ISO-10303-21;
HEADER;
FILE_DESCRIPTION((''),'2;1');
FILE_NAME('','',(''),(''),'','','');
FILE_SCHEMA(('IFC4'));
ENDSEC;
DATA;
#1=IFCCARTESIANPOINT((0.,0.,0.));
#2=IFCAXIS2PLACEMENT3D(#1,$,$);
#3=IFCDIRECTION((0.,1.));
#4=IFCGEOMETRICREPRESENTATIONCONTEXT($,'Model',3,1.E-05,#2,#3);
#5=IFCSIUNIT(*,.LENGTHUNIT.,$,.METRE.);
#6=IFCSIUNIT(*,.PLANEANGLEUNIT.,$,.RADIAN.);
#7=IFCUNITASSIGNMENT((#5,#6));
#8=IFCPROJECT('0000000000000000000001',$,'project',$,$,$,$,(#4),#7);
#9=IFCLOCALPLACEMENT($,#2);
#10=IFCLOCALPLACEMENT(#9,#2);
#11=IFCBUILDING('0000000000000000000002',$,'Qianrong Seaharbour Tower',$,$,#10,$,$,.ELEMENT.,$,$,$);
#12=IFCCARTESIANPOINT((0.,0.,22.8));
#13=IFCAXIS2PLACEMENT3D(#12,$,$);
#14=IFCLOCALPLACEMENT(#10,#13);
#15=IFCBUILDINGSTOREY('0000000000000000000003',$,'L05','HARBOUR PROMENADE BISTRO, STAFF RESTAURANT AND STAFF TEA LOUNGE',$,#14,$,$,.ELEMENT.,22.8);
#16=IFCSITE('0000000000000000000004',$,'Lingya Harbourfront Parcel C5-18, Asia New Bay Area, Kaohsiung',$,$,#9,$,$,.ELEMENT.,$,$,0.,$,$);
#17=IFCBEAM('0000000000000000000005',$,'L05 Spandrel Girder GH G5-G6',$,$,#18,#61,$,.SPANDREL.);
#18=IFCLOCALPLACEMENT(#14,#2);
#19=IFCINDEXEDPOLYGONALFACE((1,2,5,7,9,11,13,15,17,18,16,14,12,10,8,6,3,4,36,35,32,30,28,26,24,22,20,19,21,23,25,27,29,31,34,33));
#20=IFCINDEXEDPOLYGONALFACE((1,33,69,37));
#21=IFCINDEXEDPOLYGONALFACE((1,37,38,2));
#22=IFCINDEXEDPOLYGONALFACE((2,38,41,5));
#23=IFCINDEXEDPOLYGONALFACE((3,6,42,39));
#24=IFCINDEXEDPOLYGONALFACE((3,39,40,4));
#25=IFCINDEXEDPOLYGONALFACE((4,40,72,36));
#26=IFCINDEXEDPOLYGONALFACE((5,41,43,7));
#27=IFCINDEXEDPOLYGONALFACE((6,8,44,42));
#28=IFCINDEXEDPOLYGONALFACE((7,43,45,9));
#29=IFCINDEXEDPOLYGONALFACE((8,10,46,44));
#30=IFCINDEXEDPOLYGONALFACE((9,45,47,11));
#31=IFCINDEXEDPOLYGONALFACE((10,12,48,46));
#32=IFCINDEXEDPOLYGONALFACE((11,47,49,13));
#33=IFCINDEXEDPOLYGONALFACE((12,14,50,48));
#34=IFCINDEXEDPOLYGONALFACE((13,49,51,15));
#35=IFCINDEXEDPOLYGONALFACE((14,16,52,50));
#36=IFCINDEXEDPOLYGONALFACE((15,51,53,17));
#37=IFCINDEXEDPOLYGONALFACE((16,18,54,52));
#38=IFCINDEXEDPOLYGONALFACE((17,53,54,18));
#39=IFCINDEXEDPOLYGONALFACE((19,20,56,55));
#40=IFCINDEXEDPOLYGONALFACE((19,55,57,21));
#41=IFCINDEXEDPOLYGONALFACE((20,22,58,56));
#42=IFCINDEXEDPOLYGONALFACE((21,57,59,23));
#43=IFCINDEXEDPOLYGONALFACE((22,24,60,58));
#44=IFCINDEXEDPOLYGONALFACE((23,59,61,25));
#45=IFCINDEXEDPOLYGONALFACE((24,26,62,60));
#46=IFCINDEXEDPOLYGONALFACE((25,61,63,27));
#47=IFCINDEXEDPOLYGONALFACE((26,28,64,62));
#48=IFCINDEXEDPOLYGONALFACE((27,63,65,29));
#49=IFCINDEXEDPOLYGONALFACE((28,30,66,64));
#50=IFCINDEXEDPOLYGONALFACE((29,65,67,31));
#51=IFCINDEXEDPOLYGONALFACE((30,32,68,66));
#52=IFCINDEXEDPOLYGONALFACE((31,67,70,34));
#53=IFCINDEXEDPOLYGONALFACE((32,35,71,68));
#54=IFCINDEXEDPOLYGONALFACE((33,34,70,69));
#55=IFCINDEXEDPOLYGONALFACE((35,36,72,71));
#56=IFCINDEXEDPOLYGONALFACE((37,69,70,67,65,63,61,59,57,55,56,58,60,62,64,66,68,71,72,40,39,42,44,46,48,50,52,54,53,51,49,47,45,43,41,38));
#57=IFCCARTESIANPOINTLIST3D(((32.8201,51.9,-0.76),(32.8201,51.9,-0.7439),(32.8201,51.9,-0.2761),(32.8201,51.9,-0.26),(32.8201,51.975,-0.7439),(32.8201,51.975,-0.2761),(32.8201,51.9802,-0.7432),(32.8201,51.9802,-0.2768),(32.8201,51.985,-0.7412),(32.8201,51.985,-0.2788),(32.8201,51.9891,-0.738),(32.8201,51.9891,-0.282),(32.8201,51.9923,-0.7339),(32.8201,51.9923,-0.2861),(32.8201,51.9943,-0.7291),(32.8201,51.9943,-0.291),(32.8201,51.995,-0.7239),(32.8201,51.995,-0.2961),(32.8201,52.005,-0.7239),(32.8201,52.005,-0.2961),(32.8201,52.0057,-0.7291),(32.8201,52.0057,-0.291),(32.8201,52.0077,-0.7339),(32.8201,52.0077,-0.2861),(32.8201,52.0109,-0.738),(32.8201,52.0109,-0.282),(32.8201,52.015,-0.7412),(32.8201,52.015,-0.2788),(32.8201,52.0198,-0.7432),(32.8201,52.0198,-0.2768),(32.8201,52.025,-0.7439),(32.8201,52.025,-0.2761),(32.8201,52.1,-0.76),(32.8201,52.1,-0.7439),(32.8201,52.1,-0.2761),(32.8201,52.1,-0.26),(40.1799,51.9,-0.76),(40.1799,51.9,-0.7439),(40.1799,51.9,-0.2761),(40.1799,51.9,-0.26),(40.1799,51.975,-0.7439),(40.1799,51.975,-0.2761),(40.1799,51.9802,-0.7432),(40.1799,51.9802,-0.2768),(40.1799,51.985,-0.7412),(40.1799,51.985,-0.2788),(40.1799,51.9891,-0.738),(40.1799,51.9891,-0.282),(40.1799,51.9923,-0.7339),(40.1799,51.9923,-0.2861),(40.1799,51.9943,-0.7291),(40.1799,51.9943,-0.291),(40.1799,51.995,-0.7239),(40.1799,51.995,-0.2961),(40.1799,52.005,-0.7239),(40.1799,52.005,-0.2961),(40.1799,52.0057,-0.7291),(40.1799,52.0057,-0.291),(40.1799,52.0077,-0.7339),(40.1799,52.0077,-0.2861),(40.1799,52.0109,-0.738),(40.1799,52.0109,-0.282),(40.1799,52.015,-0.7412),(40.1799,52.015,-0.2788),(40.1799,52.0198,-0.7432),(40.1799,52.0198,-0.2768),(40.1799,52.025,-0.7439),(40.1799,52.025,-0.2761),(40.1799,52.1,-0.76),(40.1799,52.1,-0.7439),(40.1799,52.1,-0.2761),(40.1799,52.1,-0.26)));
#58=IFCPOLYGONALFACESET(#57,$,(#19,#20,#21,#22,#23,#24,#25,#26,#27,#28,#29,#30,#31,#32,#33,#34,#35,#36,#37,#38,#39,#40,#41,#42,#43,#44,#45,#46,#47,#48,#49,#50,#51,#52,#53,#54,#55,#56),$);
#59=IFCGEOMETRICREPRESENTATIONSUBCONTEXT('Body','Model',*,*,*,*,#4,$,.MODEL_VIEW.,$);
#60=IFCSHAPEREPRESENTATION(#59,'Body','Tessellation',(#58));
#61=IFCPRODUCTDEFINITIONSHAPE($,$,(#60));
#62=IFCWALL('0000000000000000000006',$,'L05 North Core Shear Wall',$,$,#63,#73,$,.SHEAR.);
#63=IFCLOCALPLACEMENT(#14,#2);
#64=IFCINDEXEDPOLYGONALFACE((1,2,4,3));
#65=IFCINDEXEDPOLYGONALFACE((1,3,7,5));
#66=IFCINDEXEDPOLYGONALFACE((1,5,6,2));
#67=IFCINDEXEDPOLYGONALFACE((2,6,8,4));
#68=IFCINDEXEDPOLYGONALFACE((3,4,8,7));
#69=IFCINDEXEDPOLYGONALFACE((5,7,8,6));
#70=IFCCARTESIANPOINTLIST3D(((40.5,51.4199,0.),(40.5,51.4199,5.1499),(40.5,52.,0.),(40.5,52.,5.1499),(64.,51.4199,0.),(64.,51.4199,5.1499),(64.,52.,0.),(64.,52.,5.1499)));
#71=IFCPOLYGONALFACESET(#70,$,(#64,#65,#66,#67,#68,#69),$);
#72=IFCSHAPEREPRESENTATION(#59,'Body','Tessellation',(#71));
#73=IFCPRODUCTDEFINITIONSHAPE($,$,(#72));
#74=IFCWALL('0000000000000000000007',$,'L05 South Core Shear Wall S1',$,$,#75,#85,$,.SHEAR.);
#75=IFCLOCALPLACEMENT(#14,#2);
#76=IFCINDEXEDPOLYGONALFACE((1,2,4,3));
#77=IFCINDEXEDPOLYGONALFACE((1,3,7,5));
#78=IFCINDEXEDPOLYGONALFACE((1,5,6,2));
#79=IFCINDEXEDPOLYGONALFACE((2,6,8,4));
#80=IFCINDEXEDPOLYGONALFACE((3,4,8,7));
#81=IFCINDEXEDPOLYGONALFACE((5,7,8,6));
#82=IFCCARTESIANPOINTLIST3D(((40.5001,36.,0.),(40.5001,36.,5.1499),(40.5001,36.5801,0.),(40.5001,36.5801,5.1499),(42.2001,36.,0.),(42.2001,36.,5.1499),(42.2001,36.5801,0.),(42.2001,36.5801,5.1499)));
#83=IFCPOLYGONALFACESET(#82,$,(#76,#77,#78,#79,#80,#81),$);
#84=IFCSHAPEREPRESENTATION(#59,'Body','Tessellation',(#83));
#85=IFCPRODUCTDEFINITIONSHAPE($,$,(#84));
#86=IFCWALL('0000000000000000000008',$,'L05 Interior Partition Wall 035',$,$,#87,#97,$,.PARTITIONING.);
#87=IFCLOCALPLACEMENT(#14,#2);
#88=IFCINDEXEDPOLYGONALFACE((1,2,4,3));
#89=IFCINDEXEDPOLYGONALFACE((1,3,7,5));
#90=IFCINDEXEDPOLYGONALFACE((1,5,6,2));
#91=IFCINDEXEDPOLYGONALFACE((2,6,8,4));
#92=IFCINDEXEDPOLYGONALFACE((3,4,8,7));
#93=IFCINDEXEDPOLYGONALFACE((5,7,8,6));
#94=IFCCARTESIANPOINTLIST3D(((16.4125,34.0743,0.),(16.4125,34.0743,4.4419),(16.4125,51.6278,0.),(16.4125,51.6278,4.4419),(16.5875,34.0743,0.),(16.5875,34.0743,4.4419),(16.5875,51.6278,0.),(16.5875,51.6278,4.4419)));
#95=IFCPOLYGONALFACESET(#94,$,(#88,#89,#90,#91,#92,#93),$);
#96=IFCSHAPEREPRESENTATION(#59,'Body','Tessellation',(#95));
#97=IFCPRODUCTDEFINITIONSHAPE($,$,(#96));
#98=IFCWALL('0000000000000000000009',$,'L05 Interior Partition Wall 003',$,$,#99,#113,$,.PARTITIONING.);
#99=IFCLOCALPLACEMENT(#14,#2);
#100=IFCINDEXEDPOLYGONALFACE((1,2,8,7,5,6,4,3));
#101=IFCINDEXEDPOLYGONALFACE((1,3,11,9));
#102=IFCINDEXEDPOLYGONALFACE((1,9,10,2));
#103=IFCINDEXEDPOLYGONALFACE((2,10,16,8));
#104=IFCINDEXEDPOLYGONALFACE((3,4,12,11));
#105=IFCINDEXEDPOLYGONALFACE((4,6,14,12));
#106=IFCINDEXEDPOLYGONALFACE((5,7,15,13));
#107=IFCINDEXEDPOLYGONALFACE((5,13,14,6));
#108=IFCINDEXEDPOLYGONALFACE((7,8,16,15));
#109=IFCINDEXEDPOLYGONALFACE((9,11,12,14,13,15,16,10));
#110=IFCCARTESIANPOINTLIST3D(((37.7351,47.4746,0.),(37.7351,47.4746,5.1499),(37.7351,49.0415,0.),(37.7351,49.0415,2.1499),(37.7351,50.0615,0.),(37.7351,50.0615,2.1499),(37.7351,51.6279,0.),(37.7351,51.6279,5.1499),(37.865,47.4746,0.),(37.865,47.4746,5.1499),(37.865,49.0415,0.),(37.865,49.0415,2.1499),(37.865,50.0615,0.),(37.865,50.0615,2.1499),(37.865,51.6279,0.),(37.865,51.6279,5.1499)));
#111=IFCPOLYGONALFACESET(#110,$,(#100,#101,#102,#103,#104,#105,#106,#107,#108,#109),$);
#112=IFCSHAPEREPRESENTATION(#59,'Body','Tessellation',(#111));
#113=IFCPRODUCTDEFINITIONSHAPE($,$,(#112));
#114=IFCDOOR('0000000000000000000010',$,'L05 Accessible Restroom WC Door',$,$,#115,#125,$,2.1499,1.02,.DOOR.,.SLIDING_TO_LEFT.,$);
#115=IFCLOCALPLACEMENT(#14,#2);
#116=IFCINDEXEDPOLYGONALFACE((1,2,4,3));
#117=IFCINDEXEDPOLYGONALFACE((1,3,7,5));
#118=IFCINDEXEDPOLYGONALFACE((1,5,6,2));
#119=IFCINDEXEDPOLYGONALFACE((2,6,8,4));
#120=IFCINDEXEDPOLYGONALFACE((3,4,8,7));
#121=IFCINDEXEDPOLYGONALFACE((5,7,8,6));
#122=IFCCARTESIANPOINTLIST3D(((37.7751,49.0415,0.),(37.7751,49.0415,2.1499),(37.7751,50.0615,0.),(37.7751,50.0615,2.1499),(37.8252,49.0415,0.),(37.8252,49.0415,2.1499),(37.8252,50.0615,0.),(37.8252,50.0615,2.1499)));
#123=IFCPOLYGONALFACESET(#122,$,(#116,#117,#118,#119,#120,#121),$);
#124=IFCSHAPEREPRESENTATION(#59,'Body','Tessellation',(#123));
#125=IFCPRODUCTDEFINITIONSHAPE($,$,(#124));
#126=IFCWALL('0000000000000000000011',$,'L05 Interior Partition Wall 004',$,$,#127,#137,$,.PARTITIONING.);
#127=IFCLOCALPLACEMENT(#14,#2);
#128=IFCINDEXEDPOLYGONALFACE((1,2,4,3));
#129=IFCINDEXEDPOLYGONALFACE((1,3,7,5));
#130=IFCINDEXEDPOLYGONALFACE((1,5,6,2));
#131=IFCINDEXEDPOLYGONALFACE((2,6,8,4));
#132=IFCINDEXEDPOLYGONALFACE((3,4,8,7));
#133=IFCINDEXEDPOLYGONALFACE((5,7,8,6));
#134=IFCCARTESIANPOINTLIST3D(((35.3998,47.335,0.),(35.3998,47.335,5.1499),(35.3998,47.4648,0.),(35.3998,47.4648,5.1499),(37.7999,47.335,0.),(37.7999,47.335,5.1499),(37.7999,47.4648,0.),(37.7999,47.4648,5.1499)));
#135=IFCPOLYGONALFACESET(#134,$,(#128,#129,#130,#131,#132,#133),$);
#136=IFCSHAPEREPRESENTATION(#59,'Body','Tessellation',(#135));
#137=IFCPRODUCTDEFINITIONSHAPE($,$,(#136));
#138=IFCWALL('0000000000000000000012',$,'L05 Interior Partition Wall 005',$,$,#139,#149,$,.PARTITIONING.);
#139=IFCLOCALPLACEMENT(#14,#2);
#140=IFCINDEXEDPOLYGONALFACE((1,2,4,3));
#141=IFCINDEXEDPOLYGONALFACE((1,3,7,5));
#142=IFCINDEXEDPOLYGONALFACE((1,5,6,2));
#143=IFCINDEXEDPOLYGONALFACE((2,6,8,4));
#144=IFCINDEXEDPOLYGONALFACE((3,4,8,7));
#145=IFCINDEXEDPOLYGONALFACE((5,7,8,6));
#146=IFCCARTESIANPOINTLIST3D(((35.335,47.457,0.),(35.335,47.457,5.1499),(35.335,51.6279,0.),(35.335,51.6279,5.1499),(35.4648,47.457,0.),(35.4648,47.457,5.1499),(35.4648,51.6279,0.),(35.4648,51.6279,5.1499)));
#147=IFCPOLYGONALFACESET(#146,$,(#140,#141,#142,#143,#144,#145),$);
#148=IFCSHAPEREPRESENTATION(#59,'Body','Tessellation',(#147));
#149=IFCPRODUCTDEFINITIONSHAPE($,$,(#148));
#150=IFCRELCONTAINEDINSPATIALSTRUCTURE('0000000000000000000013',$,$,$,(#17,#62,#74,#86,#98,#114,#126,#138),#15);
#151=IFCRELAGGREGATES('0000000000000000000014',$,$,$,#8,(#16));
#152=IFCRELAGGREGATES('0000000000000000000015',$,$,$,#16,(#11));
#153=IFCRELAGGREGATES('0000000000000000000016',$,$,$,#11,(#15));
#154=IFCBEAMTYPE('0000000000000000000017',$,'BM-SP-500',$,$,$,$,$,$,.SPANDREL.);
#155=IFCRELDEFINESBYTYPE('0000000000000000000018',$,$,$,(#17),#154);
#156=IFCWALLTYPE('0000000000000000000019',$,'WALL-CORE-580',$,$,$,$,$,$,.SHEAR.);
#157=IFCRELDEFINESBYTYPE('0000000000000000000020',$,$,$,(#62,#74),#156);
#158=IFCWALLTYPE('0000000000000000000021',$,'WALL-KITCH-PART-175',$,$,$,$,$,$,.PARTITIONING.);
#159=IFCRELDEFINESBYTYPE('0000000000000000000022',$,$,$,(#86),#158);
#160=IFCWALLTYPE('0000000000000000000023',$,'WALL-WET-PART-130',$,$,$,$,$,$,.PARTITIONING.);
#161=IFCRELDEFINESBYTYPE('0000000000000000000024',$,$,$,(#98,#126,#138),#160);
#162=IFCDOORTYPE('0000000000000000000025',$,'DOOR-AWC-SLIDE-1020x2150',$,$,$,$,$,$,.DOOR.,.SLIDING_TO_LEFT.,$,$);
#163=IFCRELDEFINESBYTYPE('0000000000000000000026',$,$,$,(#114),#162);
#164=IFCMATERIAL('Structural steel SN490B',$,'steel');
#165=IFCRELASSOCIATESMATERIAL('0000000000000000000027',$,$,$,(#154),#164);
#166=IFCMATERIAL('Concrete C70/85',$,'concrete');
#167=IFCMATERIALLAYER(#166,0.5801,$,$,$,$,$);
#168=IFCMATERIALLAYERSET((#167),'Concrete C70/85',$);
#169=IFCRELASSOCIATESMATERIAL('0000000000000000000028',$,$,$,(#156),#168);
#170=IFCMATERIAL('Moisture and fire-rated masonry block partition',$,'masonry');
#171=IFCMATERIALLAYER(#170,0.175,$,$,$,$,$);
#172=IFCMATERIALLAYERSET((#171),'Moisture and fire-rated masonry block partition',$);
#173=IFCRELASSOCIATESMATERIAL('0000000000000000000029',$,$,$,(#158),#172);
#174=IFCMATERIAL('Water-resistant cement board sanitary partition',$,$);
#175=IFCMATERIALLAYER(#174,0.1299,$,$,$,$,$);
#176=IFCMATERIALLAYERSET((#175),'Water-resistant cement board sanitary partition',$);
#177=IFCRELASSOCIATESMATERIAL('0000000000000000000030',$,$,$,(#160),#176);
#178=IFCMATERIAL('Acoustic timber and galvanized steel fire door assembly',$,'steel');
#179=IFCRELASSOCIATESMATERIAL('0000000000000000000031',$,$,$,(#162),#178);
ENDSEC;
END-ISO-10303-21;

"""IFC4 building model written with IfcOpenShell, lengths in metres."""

from ifc_helpers import new_model, si_unit, direction, frame, frame_2d, origin, origin_2d, place, context, subcontext, project, spatial, rectangle, i_section, extrude, material, layer, layer_set, material_profile, profile_set, type_object, element, fill, save


model = new_model("IFC4")

# Units and contexts
model_context = context("Model", 3, precision=1e-05, world=origin(), true_north=direction((0.0, 1.0)))
body_context = subcontext(model_context, "Body", "Model", "MODEL_VIEW")
ifc_project = project(units=[si_unit("LENGTHUNIT", "METRE"), si_unit("PLANEANGLEUNIT", "RADIAN")], contexts=[model_context])

# Site, building, storey
site_placement = place(None, origin())
site = spatial("IfcSite", under=ifc_project, at=site_placement, Name="Lingya Harbourfront Parcel C5-18, Asia New Bay Area, Kaohsiung", CompositionType="ELEMENT", RefElevation=0.0)
building_placement = place(site_placement, origin())
building = spatial("IfcBuilding", under=site, at=building_placement, Name="Qianrong Seaharbour Tower", CompositionType="ELEMENT")
storey_placement = place(building_placement, frame((0.0, 0.0, 22.8)))
storey = spatial("IfcBuildingStorey", under=building, at=storey_placement, Name="L05", Description="HARBOUR PROMENADE BISTRO, STAFF RESTAURANT AND STAFF TEA LOUNGE", CompositionType="ELEMENT", Elevation=22.8)

# Shared definitions
ifc_material_1 = material(Name="Structural steel SN490B", Category="steel")
ifc_material_2 = material(Name="Concrete C70/85", Category="concrete")

# Beam
ifc_material_profile_1 = material_profile(ifc_material_1, i_section(OverallWidth=0.2, OverallDepth=0.5, WebThickness=0.01, FlangeThickness=0.0161, FilletRadius=0.02, at=origin_2d()), Name="H500x200x10x16")
ifc_profile_set_1 = profile_set([ifc_material_profile_1], Name="Structural steel SN490B")
beam_type_1 = type_object("IfcBeamType", Name="BM-SP-500", PredefinedType="SPANDREL", material=ifc_profile_set_1)
for number, where, z_axis, x_axis, name in (
    (1, (32.8201, 52.0, -0.51), (1.0, 0.0, 0.0), (0.0, 1.0, 0.0), "L05 Spandrel Girder GH G5-G6"),
):
    element("IfcBeam", number, at=place(storey_placement, frame(where, z_axis=z_axis, x_axis=x_axis)), inside=storey, type_object=beam_type_1, Name=name, PredefinedType="SPANDREL", context=body_context, shape_type="SweptSolid", body=[
        extrude(i_section(OverallWidth=0.2, OverallDepth=0.5, WebThickness=0.01, FlangeThickness=0.0161, FilletRadius=0.02, at=origin_2d()), origin(), (0.0, 0.0, 1.0), 7.3599),
    ])

# Walls
ifc_layer_1 = layer(ifc_material_2, 0.5801)
ifc_layer_set_1 = layer_set([ifc_layer_1], Name="Concrete C70/85")
wall_type_1 = type_object("IfcWallType", Name="WALL-CORE-580", PredefinedType="SHEAR", material=ifc_layer_set_1)
wall_1_placement = place(storey_placement, frame((40.5, 51.71, 0.0), z_axis=(0.0, 0.0, 1.0), x_axis=(1.0, 0.0, 0.0)))
element("IfcWall", 2, at=wall_1_placement, inside=storey, type_object=wall_type_1, Name="L05 North Core Shear Wall", PredefinedType="SHEAR", context=body_context, shape_type="SweptSolid", body=[
    extrude(rectangle(XDim=23.5, YDim=0.5801, at=frame_2d((11.75, 0.0))), origin(), (0.0, 0.0, 1.0), 5.1499),
])
wall_2_placement = place(storey_placement, frame((40.5, 36.29, 0.0), z_axis=(0.0, 0.0, 1.0), x_axis=(1.0, 0.0, 0.0)))
element("IfcWall", 3, at=wall_2_placement, inside=storey, type_object=wall_type_1, Name="L05 South Core Shear Wall S1", PredefinedType="SHEAR", context=body_context, shape_type="SweptSolid", body=[
    extrude(rectangle(XDim=1.7, YDim=0.5801, at=frame_2d((0.8501, 0.0))), origin(), (0.0, 0.0, 1.0), 5.1499),
])

# Shared definitions
ifc_material_3 = material(Name="Acoustic timber and galvanized steel fire door assembly", Category="steel")

# Wall
ifc_material_4 = material(Name="Moisture and fire-rated masonry block partition", Category="masonry")
ifc_layer_2 = layer(ifc_material_4, 0.175)
ifc_layer_set_2 = layer_set([ifc_layer_2], Name="Moisture and fire-rated masonry block partition")
wall_type_2 = type_object("IfcWallType", Name="WALL-KITCH-PART-175", PredefinedType="PARTITIONING", material=ifc_layer_set_2)
wall_3_placement = place(storey_placement, frame((16.5, 51.6279, 0.0), z_axis=(0.0, 0.0, 1.0), x_axis=(0.0, -1.0, 0.0)))
element("IfcWall", 4, at=wall_3_placement, inside=storey, type_object=wall_type_2, Name="L05 Interior Partition Wall 035", PredefinedType="PARTITIONING", context=body_context, shape_type="SweptSolid", body=[
    extrude(rectangle(XDim=17.5535, YDim=0.175, at=frame_2d((8.7769, 0.0))), origin(), (0.0, 0.0, 1.0), 4.4419),
])

# Wall, opening, door
ifc_material_5 = material(Name="Water-resistant cement board sanitary partition")
ifc_layer_3 = layer(ifc_material_5, 0.1299)
ifc_layer_set_3 = layer_set([ifc_layer_3], Name="Water-resistant cement board sanitary partition")
wall_type_3 = type_object("IfcWallType", Name="WALL-WET-PART-130", PredefinedType="PARTITIONING", material=ifc_layer_set_3)
wall_4_placement = place(storey_placement, frame((37.8, 47.4746, 0.0), z_axis=(0.0, 0.0, 1.0), x_axis=(0.0, 1.0, 0.0)))
wall_4 = element("IfcWall", 5, at=wall_4_placement, inside=storey, type_object=wall_type_3, Name="L05 Interior Partition Wall 003", PredefinedType="PARTITIONING", context=body_context, shape_type="SweptSolid", body=[
    extrude(rectangle(XDim=4.1533, YDim=0.1299, at=frame_2d((2.0767, 0.0))), origin(), (0.0, 0.0, 1.0), 5.1499),
])
opening_1_placement = place(wall_4_placement, frame((1.5669, 0.0, 0.0)))
opening_1 = element("IfcOpeningElement", 6, at=opening_1_placement, cuts=wall_4, PredefinedType="OPENING", context=body_context, shape_type="SweptSolid", body=[
    extrude(rectangle(XDim=1.02, YDim=2.1499, at=frame_2d((0.51, 1.075))), frame((0.0, 0.075, 0.0), z_axis=(0.0, -1.0, 0.0), x_axis=(1.0, 0.0, 0.0)), (0.0, 0.0, 1.0), 0.1499),
])
door_type_1 = type_object("IfcDoorType", Name="DOOR-AWC-SLIDE-1020x2150", OperationType="SLIDING_TO_LEFT", PredefinedType="DOOR", material=ifc_material_3)
door_1_placement = place(opening_1_placement, origin())
door_1 = element("IfcDoor", 7, at=door_1_placement, inside=storey, type_object=door_type_1, Name="L05 Accessible Restroom WC Door", OperationType="SLIDING_TO_LEFT", OverallHeight=2.1499, OverallWidth=1.02, PredefinedType="DOOR", context=body_context, shape_type="SweptSolid", body=[
    extrude(rectangle(XDim=1.02, YDim=2.1499, at=frame_2d((0.51, 1.075))), frame((0.0, 0.0249, 0.0), z_axis=(0.0, -1.0, 0.0), x_axis=(1.0, 0.0, 0.0)), (0.0, 0.0, 1.0), 0.05),
])
fill(opening_1, door_1)

# Walls
wall_5_placement = place(storey_placement, frame((37.8, 47.3999, 0.0), z_axis=(0.0, 0.0, 1.0), x_axis=(-1.0, 0.0, 0.0)))
element("IfcWall", 8, at=wall_5_placement, inside=storey, type_object=wall_type_3, Name="L05 Interior Partition Wall 004", PredefinedType="PARTITIONING", context=body_context, shape_type="SweptSolid", body=[
    extrude(rectangle(XDim=2.4001, YDim=0.1299, at=frame_2d((1.2002, 0.0))), origin(), (0.0, 0.0, 1.0), 5.1499),
])
wall_6_placement = place(storey_placement, frame((35.3999, 47.457, 0.0), z_axis=(0.0, 0.0, 1.0), x_axis=(0.0, 1.0, 0.0)))
element("IfcWall", 9, at=wall_6_placement, inside=storey, type_object=wall_type_3, Name="L05 Interior Partition Wall 005", PredefinedType="PARTITIONING", context=body_context, shape_type="SweptSolid", body=[
    extrude(rectangle(XDim=4.1709, YDim=0.1299, at=frame_2d((2.0854, 0.0))), origin(), (0.0, 0.0, 1.0), 5.1499),
])

save(model, "model.ifc")
